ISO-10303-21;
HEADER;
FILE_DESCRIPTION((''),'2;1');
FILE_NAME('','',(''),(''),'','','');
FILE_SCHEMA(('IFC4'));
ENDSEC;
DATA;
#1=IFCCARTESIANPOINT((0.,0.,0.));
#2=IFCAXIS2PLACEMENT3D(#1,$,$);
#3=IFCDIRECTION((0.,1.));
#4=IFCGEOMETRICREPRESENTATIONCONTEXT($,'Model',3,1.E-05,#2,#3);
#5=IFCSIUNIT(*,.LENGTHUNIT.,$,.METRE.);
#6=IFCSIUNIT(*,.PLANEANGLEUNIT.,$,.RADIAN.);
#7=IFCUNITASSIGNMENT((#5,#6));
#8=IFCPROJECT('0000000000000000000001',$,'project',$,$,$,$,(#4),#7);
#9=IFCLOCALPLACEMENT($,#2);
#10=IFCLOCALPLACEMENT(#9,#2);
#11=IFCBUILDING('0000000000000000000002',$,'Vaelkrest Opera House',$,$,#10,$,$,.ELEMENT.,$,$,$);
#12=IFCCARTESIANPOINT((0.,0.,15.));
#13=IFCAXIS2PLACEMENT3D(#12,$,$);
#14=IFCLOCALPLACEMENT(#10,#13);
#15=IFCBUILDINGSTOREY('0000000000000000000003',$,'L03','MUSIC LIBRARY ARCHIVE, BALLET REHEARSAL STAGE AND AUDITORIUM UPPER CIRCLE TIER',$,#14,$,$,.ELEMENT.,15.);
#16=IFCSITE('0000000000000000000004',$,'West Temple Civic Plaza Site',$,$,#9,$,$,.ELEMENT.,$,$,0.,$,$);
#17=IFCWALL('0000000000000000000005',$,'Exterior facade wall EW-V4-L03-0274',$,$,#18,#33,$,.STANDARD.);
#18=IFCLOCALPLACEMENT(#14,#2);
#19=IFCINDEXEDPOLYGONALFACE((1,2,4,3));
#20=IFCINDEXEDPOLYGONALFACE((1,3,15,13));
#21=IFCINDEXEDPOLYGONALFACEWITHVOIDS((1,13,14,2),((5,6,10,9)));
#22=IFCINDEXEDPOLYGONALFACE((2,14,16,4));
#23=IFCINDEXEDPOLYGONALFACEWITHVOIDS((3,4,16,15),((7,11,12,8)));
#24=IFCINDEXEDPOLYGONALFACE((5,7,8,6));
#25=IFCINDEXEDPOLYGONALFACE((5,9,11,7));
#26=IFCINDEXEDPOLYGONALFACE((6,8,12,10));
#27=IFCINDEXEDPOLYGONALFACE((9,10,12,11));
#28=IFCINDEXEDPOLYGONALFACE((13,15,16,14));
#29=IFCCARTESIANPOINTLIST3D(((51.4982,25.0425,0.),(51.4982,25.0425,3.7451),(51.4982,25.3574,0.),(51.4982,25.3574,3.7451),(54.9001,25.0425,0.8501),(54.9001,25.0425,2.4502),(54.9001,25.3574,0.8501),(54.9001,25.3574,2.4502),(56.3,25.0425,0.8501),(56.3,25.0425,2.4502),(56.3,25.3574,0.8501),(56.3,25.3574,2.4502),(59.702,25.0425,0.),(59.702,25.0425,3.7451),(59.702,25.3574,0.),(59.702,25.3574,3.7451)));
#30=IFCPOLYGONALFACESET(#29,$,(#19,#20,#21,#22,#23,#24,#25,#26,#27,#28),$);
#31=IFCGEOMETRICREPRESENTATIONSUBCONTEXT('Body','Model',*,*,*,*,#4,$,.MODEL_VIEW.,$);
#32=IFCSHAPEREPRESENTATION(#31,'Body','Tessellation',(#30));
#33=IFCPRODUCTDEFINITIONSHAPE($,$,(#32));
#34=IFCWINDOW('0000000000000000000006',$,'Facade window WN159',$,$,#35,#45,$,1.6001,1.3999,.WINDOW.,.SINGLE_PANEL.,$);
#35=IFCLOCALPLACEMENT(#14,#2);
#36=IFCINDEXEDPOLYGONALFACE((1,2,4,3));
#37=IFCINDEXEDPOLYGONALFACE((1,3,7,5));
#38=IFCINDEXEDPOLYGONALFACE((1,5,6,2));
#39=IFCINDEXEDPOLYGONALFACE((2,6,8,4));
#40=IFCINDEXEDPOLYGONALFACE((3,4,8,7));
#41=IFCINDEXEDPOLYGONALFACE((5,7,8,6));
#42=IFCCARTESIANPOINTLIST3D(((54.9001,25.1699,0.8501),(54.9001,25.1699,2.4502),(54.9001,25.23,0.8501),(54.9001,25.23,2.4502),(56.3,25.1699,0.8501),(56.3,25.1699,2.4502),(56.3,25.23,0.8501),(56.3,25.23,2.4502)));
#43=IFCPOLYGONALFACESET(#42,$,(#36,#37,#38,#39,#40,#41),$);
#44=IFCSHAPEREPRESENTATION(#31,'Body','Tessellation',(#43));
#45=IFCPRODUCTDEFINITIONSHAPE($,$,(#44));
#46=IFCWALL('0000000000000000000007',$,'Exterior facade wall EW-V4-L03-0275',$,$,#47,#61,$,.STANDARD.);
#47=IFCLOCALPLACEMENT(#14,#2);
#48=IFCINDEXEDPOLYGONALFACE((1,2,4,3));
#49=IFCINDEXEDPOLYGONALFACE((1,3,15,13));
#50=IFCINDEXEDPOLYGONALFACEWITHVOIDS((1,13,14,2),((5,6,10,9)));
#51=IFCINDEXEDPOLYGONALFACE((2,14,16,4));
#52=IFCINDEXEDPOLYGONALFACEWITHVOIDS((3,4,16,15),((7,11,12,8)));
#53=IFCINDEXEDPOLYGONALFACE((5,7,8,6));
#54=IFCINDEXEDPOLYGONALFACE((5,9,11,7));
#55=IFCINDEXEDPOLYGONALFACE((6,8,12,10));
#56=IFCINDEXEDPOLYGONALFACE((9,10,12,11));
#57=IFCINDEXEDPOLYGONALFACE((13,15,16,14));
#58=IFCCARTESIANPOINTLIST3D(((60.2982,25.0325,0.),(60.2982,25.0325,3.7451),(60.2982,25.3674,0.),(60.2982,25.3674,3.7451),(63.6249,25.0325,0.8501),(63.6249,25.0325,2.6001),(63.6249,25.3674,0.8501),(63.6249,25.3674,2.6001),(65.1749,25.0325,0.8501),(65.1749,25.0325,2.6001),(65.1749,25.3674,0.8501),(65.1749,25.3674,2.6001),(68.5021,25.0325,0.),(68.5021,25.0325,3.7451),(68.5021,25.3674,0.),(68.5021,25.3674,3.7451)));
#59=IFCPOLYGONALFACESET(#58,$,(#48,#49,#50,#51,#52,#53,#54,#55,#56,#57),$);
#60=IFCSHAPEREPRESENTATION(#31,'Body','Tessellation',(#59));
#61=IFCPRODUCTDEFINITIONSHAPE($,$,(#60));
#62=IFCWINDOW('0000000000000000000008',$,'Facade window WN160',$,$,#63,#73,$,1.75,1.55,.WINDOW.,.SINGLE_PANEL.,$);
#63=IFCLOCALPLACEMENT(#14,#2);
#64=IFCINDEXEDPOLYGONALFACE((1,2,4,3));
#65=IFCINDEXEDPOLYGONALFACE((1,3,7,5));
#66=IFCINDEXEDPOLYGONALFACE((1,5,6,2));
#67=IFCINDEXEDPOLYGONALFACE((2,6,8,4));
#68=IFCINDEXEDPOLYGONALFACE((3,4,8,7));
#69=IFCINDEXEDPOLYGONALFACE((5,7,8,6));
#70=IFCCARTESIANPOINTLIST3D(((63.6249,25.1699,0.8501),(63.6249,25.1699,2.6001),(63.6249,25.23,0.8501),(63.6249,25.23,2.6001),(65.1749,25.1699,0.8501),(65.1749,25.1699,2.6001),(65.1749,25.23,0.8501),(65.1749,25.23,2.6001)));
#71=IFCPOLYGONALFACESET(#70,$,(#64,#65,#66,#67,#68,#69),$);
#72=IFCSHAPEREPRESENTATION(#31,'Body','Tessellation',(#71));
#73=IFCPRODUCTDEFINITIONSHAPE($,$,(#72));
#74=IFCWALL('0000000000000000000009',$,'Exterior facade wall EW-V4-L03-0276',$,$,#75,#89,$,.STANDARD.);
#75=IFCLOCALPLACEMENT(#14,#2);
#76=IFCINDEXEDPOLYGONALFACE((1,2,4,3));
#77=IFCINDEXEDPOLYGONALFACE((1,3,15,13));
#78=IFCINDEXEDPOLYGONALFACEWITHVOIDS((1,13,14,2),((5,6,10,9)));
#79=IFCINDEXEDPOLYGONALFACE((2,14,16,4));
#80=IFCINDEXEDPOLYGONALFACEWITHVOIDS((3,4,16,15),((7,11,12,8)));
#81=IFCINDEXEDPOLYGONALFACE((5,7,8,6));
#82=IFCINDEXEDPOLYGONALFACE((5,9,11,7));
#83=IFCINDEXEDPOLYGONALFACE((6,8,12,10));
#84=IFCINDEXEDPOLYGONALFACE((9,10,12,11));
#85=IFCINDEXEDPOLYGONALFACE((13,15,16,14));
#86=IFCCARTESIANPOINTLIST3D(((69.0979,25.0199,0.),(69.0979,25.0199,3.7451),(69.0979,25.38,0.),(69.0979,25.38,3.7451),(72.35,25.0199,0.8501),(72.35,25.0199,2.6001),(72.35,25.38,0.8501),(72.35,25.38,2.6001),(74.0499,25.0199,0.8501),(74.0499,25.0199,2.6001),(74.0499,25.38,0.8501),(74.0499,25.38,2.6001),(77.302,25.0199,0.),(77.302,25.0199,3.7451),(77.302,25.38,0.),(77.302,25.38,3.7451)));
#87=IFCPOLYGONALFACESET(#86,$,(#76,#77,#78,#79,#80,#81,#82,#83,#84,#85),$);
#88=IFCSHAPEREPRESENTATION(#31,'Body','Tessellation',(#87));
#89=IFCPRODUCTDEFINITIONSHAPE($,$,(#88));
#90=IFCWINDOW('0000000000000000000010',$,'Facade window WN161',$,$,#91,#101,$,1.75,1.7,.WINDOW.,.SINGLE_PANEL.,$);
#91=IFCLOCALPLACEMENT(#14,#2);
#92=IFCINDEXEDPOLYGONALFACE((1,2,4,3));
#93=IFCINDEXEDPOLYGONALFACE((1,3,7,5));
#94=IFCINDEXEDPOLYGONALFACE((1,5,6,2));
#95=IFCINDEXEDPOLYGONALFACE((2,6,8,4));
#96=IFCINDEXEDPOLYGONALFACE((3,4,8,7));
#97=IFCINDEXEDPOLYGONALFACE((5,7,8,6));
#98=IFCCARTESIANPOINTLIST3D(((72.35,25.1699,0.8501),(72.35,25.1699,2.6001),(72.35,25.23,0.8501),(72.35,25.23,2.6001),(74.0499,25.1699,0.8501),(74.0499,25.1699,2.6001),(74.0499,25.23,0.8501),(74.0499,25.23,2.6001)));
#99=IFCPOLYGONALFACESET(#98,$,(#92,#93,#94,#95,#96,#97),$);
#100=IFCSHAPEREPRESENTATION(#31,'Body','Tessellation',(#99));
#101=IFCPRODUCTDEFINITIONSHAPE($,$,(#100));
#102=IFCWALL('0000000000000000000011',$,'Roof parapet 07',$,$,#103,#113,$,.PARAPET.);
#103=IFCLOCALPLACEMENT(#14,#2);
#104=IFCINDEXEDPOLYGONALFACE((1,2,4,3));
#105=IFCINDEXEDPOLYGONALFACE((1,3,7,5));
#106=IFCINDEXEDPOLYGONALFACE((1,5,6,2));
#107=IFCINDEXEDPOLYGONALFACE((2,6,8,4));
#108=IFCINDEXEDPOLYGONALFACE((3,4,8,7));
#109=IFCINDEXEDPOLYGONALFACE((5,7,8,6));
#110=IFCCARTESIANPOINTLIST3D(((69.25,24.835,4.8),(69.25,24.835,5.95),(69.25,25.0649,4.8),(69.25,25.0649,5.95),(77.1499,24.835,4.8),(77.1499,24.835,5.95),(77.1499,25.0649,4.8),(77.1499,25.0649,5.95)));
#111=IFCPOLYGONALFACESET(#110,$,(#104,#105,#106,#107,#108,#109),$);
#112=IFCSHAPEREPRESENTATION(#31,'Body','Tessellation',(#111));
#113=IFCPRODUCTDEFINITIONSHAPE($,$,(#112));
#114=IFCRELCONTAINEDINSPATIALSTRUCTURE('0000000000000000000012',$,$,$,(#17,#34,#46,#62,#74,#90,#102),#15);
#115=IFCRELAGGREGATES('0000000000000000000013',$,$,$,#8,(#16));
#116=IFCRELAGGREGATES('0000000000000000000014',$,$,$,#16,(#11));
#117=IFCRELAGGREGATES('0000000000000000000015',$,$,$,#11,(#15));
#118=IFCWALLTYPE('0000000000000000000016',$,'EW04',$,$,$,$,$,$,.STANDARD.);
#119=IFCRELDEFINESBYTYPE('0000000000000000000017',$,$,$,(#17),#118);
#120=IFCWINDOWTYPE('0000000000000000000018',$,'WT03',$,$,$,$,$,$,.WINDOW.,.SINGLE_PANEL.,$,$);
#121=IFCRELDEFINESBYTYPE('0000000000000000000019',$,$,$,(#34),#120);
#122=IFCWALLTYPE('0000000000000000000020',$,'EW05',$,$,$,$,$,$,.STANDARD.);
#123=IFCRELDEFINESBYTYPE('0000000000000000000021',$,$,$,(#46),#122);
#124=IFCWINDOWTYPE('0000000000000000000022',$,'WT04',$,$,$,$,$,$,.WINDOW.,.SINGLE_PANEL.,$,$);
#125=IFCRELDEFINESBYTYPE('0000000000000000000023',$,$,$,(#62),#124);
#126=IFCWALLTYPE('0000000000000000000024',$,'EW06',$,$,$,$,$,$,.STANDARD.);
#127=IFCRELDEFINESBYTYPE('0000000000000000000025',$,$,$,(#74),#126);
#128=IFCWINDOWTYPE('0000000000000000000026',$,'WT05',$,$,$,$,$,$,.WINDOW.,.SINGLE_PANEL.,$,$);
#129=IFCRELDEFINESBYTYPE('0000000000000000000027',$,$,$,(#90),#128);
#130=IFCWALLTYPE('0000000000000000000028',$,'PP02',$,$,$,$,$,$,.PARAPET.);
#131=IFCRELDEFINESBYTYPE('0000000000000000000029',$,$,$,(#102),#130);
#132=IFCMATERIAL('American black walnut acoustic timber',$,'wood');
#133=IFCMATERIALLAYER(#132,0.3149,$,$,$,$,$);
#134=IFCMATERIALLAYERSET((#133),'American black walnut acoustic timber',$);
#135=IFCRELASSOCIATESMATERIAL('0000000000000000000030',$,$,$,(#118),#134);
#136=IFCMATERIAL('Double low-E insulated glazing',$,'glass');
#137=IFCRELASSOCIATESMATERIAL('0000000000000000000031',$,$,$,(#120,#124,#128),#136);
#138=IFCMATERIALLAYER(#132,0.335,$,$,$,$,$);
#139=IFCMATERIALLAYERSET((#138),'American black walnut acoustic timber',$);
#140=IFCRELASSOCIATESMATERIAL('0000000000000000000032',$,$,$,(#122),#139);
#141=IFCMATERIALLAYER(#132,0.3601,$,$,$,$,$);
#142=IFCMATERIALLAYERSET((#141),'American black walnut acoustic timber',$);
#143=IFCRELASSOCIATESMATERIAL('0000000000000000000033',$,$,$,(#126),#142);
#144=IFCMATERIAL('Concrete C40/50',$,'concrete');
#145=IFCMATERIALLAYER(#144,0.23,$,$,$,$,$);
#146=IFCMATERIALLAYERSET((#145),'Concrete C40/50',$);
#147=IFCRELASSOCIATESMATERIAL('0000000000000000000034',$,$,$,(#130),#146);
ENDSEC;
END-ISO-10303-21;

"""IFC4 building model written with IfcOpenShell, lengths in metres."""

from ifc_helpers import new_model, si_unit, direction, frame, frame_2d, origin, place, context, subcontext, project, spatial, rectangle, extrude, material, layer, layer_set, type_object, element, fill, save


model = new_model("IFC4")

# Units and contexts
model_context = context("Model", 3, precision=1e-05, world=origin(), true_north=direction((0.0, 1.0)))
body_context = subcontext(model_context, "Body", "Model", "MODEL_VIEW")
ifc_project = project(units=[si_unit("LENGTHUNIT", "METRE"), si_unit("PLANEANGLEUNIT", "RADIAN")], contexts=[model_context])

# Site, building, storey
site_placement = place(None, origin())
site = spatial("IfcSite", under=ifc_project, at=site_placement, Name="West Temple Civic Plaza Site", CompositionType="ELEMENT", RefElevation=0.0)
building_placement = place(site_placement, origin())
building = spatial("IfcBuilding", under=site, at=building_placement, Name="Vaelkrest Opera House", CompositionType="ELEMENT")
storey_placement = place(building_placement, frame((0.0, 0.0, 15.0)))
storey = spatial("IfcBuildingStorey", under=building, at=storey_placement, Name="L03", Description="MUSIC LIBRARY ARCHIVE, BALLET REHEARSAL STAGE AND AUDITORIUM UPPER CIRCLE TIER", CompositionType="ELEMENT", Elevation=15.0)

# Walls, openings, windows
ifc_material_1 = material(Name="American black walnut acoustic timber", Category="wood")
ifc_layer_1 = layer(ifc_material_1, 0.3149)
ifc_layer_set_1 = layer_set([ifc_layer_1], Name="American black walnut acoustic timber")
wall_type_1 = type_object("IfcWallType", Name="EW04", PredefinedType="STANDARD", material=ifc_layer_set_1)
wall_1_placement = place(storey_placement, frame((51.498, 25.2, 0.0), z_axis=(0.0, 0.0, 1.0), x_axis=(1.0, 0.0, 0.0)))
wall_1 = element("IfcWall", 1, at=wall_1_placement, inside=storey, type_object=wall_type_1, Name="Exterior facade wall EW-V4-L03-0274", PredefinedType="STANDARD", context=body_context, shape_type="SweptSolid", body=[
    extrude(rectangle(XDim=8.2039, YDim=0.3149, at=frame_2d((4.1021, 0.0))), origin(), (0.0, 0.0, 1.0), 3.7451),
])
opening_1_placement = place(wall_1_placement, frame((3.4021, 0.0, 0.8501)))
opening_1 = element("IfcOpeningElement", 2, at=opening_1_placement, cuts=wall_1, PredefinedType="OPENING", context=body_context, shape_type="SweptSolid", body=[
    extrude(rectangle(XDim=1.3999, YDim=1.6001, at=frame_2d((0.7, 0.8))), frame((0.0, 0.1675, 0.0), z_axis=(0.0, -1.0, 0.0), x_axis=(1.0, 0.0, 0.0)), (0.0, 0.0, 1.0), 0.335),
])
ifc_material_2 = material(Name="Double low-E insulated glazing", Category="glass")
window_type_1 = type_object("IfcWindowType", Name="WT03", PartitioningType="SINGLE_PANEL", PredefinedType="WINDOW", material=ifc_material_2)
window_1_placement = place(opening_1_placement, origin())
window_1 = element("IfcWindow", 3, at=window_1_placement, inside=storey, type_object=window_type_1, Name="Facade window WN159", OverallHeight=1.6001, OverallWidth=1.3999, PartitioningType="SINGLE_PANEL", PredefinedType="WINDOW", context=body_context, shape_type="SweptSolid", body=[
    extrude(rectangle(XDim=1.3999, YDim=1.6001, at=frame_2d((0.7, 0.8))), frame((0.0, 0.03, 0.0), z_axis=(0.0, -1.0, 0.0), x_axis=(1.0, 0.0, 0.0)), (0.0, 0.0, 1.0), 0.0601),
])
fill(opening_1, window_1)
ifc_layer_2 = layer(ifc_material_1, 0.335)
ifc_layer_set_2 = layer_set([ifc_layer_2], Name="American black walnut acoustic timber")
wall_type_2 = type_object("IfcWallType", Name="EW05", PredefinedType="STANDARD", material=ifc_layer_set_2)
wall_2_placement = place(storey_placement, frame((60.2981, 25.2, 0.0), z_axis=(0.0, 0.0, 1.0), x_axis=(1.0, 0.0, 0.0)))
wall_2 = element("IfcWall", 4, at=wall_2_placement, inside=storey, type_object=wall_type_2, Name="Exterior facade wall EW-V4-L03-0275", PredefinedType="STANDARD", context=body_context, shape_type="SweptSolid", body=[
    extrude(rectangle(XDim=8.2039, YDim=0.335, at=frame_2d((4.1021, 0.0))), origin(), (0.0, 0.0, 1.0), 3.7451),
])
opening_2_placement = place(wall_2_placement, frame((3.3269, 0.0, 0.8501)))
opening_2 = element("IfcOpeningElement", 5, at=opening_2_placement, cuts=wall_2, PredefinedType="OPENING", context=body_context, shape_type="SweptSolid", body=[
    extrude(rectangle(XDim=1.55, YDim=1.75, at=frame_2d((0.7749, 0.875))), frame((0.0, 0.1775, 0.0), z_axis=(0.0, -1.0, 0.0), x_axis=(1.0, 0.0, 0.0)), (0.0, 0.0, 1.0), 0.355),
])
window_type_2 = type_object("IfcWindowType", Name="WT04", PartitioningType="SINGLE_PANEL", PredefinedType="WINDOW", material=ifc_material_2)
window_2_placement = place(opening_2_placement, origin())
window_2 = element("IfcWindow", 6, at=window_2_placement, inside=storey, type_object=window_type_2, Name="Facade window WN160", OverallHeight=1.75, OverallWidth=1.55, PartitioningType="SINGLE_PANEL", PredefinedType="WINDOW", context=body_context, shape_type="SweptSolid", body=[
    extrude(rectangle(XDim=1.55, YDim=1.75, at=frame_2d((0.7749, 0.875))), frame((0.0, 0.03, 0.0), z_axis=(0.0, -1.0, 0.0), x_axis=(1.0, 0.0, 0.0)), (0.0, 0.0, 1.0), 0.0601),
])
fill(opening_2, window_2)
ifc_layer_3 = layer(ifc_material_1, 0.3601)
ifc_layer_set_3 = layer_set([ifc_layer_3], Name="American black walnut acoustic timber")
wall_type_3 = type_object("IfcWallType", Name="EW06", PredefinedType="STANDARD", material=ifc_layer_set_3)
wall_3_placement = place(storey_placement, frame((69.0979, 25.2, 0.0), z_axis=(0.0, 0.0, 1.0), x_axis=(1.0, 0.0, 0.0)))
wall_3 = element("IfcWall", 7, at=wall_3_placement, inside=storey, type_object=wall_type_3, Name="Exterior facade wall EW-V4-L03-0276", PredefinedType="STANDARD", context=body_context, shape_type="SweptSolid", body=[
    extrude(rectangle(XDim=8.2041, YDim=0.3601, at=frame_2d((4.1021, 0.0))), origin(), (0.0, 0.0, 1.0), 3.7451),
])
opening_3_placement = place(wall_3_placement, frame((3.252, 0.0, 0.8501)))
opening_3 = element("IfcOpeningElement", 8, at=opening_3_placement, cuts=wall_3, PredefinedType="OPENING", context=body_context, shape_type="SweptSolid", body=[
    extrude(rectangle(XDim=1.7, YDim=1.75, at=frame_2d((0.8501, 0.875))), frame((0.0, 0.1899, 0.0), z_axis=(0.0, -1.0, 0.0), x_axis=(1.0, 0.0, 0.0)), (0.0, 0.0, 1.0), 0.3801),
])
window_type_3 = type_object("IfcWindowType", Name="WT05", PartitioningType="SINGLE_PANEL", PredefinedType="WINDOW", material=ifc_material_2)
window_3_placement = place(opening_3_placement, origin())
window_3 = element("IfcWindow", 9, at=window_3_placement, inside=storey, type_object=window_type_3, Name="Facade window WN161", OverallHeight=1.75, OverallWidth=1.7, PartitioningType="SINGLE_PANEL", PredefinedType="WINDOW", context=body_context, shape_type="SweptSolid", body=[
    extrude(rectangle(XDim=1.7, YDim=1.75, at=frame_2d((0.8501, 0.875))), frame((0.0, 0.03, 0.0), z_axis=(0.0, -1.0, 0.0), x_axis=(1.0, 0.0, 0.0)), (0.0, 0.0, 1.0), 0.0601),
])
fill(opening_3, window_3)

# Wall
ifc_material_3 = material(Name="Concrete C40/50", Category="concrete")
ifc_layer_4 = layer(ifc_material_3, 0.23)
ifc_layer_set_4 = layer_set([ifc_layer_4], Name="Concrete C40/50")
wall_type_4 = type_object("IfcWallType", Name="PP02", PredefinedType="PARAPET", material=ifc_layer_set_4)
wall_4_placement = place(storey_placement, frame((77.1499, 24.95, 4.8), z_axis=(0.0, 0.0, 1.0), x_axis=(-1.0, 0.0, 0.0)))
element("IfcWall", 10, at=wall_4_placement, inside=storey, type_object=wall_type_4, Name="Roof parapet 07", PredefinedType="PARAPET", context=body_context, shape_type="SweptSolid", body=[
    extrude(rectangle(XDim=7.8999, YDim=0.23, at=frame_2d((3.95, 0.0))), origin(), (0.0, 0.0, 1.0), 1.1499),
])

save(model, "model.ifc")
